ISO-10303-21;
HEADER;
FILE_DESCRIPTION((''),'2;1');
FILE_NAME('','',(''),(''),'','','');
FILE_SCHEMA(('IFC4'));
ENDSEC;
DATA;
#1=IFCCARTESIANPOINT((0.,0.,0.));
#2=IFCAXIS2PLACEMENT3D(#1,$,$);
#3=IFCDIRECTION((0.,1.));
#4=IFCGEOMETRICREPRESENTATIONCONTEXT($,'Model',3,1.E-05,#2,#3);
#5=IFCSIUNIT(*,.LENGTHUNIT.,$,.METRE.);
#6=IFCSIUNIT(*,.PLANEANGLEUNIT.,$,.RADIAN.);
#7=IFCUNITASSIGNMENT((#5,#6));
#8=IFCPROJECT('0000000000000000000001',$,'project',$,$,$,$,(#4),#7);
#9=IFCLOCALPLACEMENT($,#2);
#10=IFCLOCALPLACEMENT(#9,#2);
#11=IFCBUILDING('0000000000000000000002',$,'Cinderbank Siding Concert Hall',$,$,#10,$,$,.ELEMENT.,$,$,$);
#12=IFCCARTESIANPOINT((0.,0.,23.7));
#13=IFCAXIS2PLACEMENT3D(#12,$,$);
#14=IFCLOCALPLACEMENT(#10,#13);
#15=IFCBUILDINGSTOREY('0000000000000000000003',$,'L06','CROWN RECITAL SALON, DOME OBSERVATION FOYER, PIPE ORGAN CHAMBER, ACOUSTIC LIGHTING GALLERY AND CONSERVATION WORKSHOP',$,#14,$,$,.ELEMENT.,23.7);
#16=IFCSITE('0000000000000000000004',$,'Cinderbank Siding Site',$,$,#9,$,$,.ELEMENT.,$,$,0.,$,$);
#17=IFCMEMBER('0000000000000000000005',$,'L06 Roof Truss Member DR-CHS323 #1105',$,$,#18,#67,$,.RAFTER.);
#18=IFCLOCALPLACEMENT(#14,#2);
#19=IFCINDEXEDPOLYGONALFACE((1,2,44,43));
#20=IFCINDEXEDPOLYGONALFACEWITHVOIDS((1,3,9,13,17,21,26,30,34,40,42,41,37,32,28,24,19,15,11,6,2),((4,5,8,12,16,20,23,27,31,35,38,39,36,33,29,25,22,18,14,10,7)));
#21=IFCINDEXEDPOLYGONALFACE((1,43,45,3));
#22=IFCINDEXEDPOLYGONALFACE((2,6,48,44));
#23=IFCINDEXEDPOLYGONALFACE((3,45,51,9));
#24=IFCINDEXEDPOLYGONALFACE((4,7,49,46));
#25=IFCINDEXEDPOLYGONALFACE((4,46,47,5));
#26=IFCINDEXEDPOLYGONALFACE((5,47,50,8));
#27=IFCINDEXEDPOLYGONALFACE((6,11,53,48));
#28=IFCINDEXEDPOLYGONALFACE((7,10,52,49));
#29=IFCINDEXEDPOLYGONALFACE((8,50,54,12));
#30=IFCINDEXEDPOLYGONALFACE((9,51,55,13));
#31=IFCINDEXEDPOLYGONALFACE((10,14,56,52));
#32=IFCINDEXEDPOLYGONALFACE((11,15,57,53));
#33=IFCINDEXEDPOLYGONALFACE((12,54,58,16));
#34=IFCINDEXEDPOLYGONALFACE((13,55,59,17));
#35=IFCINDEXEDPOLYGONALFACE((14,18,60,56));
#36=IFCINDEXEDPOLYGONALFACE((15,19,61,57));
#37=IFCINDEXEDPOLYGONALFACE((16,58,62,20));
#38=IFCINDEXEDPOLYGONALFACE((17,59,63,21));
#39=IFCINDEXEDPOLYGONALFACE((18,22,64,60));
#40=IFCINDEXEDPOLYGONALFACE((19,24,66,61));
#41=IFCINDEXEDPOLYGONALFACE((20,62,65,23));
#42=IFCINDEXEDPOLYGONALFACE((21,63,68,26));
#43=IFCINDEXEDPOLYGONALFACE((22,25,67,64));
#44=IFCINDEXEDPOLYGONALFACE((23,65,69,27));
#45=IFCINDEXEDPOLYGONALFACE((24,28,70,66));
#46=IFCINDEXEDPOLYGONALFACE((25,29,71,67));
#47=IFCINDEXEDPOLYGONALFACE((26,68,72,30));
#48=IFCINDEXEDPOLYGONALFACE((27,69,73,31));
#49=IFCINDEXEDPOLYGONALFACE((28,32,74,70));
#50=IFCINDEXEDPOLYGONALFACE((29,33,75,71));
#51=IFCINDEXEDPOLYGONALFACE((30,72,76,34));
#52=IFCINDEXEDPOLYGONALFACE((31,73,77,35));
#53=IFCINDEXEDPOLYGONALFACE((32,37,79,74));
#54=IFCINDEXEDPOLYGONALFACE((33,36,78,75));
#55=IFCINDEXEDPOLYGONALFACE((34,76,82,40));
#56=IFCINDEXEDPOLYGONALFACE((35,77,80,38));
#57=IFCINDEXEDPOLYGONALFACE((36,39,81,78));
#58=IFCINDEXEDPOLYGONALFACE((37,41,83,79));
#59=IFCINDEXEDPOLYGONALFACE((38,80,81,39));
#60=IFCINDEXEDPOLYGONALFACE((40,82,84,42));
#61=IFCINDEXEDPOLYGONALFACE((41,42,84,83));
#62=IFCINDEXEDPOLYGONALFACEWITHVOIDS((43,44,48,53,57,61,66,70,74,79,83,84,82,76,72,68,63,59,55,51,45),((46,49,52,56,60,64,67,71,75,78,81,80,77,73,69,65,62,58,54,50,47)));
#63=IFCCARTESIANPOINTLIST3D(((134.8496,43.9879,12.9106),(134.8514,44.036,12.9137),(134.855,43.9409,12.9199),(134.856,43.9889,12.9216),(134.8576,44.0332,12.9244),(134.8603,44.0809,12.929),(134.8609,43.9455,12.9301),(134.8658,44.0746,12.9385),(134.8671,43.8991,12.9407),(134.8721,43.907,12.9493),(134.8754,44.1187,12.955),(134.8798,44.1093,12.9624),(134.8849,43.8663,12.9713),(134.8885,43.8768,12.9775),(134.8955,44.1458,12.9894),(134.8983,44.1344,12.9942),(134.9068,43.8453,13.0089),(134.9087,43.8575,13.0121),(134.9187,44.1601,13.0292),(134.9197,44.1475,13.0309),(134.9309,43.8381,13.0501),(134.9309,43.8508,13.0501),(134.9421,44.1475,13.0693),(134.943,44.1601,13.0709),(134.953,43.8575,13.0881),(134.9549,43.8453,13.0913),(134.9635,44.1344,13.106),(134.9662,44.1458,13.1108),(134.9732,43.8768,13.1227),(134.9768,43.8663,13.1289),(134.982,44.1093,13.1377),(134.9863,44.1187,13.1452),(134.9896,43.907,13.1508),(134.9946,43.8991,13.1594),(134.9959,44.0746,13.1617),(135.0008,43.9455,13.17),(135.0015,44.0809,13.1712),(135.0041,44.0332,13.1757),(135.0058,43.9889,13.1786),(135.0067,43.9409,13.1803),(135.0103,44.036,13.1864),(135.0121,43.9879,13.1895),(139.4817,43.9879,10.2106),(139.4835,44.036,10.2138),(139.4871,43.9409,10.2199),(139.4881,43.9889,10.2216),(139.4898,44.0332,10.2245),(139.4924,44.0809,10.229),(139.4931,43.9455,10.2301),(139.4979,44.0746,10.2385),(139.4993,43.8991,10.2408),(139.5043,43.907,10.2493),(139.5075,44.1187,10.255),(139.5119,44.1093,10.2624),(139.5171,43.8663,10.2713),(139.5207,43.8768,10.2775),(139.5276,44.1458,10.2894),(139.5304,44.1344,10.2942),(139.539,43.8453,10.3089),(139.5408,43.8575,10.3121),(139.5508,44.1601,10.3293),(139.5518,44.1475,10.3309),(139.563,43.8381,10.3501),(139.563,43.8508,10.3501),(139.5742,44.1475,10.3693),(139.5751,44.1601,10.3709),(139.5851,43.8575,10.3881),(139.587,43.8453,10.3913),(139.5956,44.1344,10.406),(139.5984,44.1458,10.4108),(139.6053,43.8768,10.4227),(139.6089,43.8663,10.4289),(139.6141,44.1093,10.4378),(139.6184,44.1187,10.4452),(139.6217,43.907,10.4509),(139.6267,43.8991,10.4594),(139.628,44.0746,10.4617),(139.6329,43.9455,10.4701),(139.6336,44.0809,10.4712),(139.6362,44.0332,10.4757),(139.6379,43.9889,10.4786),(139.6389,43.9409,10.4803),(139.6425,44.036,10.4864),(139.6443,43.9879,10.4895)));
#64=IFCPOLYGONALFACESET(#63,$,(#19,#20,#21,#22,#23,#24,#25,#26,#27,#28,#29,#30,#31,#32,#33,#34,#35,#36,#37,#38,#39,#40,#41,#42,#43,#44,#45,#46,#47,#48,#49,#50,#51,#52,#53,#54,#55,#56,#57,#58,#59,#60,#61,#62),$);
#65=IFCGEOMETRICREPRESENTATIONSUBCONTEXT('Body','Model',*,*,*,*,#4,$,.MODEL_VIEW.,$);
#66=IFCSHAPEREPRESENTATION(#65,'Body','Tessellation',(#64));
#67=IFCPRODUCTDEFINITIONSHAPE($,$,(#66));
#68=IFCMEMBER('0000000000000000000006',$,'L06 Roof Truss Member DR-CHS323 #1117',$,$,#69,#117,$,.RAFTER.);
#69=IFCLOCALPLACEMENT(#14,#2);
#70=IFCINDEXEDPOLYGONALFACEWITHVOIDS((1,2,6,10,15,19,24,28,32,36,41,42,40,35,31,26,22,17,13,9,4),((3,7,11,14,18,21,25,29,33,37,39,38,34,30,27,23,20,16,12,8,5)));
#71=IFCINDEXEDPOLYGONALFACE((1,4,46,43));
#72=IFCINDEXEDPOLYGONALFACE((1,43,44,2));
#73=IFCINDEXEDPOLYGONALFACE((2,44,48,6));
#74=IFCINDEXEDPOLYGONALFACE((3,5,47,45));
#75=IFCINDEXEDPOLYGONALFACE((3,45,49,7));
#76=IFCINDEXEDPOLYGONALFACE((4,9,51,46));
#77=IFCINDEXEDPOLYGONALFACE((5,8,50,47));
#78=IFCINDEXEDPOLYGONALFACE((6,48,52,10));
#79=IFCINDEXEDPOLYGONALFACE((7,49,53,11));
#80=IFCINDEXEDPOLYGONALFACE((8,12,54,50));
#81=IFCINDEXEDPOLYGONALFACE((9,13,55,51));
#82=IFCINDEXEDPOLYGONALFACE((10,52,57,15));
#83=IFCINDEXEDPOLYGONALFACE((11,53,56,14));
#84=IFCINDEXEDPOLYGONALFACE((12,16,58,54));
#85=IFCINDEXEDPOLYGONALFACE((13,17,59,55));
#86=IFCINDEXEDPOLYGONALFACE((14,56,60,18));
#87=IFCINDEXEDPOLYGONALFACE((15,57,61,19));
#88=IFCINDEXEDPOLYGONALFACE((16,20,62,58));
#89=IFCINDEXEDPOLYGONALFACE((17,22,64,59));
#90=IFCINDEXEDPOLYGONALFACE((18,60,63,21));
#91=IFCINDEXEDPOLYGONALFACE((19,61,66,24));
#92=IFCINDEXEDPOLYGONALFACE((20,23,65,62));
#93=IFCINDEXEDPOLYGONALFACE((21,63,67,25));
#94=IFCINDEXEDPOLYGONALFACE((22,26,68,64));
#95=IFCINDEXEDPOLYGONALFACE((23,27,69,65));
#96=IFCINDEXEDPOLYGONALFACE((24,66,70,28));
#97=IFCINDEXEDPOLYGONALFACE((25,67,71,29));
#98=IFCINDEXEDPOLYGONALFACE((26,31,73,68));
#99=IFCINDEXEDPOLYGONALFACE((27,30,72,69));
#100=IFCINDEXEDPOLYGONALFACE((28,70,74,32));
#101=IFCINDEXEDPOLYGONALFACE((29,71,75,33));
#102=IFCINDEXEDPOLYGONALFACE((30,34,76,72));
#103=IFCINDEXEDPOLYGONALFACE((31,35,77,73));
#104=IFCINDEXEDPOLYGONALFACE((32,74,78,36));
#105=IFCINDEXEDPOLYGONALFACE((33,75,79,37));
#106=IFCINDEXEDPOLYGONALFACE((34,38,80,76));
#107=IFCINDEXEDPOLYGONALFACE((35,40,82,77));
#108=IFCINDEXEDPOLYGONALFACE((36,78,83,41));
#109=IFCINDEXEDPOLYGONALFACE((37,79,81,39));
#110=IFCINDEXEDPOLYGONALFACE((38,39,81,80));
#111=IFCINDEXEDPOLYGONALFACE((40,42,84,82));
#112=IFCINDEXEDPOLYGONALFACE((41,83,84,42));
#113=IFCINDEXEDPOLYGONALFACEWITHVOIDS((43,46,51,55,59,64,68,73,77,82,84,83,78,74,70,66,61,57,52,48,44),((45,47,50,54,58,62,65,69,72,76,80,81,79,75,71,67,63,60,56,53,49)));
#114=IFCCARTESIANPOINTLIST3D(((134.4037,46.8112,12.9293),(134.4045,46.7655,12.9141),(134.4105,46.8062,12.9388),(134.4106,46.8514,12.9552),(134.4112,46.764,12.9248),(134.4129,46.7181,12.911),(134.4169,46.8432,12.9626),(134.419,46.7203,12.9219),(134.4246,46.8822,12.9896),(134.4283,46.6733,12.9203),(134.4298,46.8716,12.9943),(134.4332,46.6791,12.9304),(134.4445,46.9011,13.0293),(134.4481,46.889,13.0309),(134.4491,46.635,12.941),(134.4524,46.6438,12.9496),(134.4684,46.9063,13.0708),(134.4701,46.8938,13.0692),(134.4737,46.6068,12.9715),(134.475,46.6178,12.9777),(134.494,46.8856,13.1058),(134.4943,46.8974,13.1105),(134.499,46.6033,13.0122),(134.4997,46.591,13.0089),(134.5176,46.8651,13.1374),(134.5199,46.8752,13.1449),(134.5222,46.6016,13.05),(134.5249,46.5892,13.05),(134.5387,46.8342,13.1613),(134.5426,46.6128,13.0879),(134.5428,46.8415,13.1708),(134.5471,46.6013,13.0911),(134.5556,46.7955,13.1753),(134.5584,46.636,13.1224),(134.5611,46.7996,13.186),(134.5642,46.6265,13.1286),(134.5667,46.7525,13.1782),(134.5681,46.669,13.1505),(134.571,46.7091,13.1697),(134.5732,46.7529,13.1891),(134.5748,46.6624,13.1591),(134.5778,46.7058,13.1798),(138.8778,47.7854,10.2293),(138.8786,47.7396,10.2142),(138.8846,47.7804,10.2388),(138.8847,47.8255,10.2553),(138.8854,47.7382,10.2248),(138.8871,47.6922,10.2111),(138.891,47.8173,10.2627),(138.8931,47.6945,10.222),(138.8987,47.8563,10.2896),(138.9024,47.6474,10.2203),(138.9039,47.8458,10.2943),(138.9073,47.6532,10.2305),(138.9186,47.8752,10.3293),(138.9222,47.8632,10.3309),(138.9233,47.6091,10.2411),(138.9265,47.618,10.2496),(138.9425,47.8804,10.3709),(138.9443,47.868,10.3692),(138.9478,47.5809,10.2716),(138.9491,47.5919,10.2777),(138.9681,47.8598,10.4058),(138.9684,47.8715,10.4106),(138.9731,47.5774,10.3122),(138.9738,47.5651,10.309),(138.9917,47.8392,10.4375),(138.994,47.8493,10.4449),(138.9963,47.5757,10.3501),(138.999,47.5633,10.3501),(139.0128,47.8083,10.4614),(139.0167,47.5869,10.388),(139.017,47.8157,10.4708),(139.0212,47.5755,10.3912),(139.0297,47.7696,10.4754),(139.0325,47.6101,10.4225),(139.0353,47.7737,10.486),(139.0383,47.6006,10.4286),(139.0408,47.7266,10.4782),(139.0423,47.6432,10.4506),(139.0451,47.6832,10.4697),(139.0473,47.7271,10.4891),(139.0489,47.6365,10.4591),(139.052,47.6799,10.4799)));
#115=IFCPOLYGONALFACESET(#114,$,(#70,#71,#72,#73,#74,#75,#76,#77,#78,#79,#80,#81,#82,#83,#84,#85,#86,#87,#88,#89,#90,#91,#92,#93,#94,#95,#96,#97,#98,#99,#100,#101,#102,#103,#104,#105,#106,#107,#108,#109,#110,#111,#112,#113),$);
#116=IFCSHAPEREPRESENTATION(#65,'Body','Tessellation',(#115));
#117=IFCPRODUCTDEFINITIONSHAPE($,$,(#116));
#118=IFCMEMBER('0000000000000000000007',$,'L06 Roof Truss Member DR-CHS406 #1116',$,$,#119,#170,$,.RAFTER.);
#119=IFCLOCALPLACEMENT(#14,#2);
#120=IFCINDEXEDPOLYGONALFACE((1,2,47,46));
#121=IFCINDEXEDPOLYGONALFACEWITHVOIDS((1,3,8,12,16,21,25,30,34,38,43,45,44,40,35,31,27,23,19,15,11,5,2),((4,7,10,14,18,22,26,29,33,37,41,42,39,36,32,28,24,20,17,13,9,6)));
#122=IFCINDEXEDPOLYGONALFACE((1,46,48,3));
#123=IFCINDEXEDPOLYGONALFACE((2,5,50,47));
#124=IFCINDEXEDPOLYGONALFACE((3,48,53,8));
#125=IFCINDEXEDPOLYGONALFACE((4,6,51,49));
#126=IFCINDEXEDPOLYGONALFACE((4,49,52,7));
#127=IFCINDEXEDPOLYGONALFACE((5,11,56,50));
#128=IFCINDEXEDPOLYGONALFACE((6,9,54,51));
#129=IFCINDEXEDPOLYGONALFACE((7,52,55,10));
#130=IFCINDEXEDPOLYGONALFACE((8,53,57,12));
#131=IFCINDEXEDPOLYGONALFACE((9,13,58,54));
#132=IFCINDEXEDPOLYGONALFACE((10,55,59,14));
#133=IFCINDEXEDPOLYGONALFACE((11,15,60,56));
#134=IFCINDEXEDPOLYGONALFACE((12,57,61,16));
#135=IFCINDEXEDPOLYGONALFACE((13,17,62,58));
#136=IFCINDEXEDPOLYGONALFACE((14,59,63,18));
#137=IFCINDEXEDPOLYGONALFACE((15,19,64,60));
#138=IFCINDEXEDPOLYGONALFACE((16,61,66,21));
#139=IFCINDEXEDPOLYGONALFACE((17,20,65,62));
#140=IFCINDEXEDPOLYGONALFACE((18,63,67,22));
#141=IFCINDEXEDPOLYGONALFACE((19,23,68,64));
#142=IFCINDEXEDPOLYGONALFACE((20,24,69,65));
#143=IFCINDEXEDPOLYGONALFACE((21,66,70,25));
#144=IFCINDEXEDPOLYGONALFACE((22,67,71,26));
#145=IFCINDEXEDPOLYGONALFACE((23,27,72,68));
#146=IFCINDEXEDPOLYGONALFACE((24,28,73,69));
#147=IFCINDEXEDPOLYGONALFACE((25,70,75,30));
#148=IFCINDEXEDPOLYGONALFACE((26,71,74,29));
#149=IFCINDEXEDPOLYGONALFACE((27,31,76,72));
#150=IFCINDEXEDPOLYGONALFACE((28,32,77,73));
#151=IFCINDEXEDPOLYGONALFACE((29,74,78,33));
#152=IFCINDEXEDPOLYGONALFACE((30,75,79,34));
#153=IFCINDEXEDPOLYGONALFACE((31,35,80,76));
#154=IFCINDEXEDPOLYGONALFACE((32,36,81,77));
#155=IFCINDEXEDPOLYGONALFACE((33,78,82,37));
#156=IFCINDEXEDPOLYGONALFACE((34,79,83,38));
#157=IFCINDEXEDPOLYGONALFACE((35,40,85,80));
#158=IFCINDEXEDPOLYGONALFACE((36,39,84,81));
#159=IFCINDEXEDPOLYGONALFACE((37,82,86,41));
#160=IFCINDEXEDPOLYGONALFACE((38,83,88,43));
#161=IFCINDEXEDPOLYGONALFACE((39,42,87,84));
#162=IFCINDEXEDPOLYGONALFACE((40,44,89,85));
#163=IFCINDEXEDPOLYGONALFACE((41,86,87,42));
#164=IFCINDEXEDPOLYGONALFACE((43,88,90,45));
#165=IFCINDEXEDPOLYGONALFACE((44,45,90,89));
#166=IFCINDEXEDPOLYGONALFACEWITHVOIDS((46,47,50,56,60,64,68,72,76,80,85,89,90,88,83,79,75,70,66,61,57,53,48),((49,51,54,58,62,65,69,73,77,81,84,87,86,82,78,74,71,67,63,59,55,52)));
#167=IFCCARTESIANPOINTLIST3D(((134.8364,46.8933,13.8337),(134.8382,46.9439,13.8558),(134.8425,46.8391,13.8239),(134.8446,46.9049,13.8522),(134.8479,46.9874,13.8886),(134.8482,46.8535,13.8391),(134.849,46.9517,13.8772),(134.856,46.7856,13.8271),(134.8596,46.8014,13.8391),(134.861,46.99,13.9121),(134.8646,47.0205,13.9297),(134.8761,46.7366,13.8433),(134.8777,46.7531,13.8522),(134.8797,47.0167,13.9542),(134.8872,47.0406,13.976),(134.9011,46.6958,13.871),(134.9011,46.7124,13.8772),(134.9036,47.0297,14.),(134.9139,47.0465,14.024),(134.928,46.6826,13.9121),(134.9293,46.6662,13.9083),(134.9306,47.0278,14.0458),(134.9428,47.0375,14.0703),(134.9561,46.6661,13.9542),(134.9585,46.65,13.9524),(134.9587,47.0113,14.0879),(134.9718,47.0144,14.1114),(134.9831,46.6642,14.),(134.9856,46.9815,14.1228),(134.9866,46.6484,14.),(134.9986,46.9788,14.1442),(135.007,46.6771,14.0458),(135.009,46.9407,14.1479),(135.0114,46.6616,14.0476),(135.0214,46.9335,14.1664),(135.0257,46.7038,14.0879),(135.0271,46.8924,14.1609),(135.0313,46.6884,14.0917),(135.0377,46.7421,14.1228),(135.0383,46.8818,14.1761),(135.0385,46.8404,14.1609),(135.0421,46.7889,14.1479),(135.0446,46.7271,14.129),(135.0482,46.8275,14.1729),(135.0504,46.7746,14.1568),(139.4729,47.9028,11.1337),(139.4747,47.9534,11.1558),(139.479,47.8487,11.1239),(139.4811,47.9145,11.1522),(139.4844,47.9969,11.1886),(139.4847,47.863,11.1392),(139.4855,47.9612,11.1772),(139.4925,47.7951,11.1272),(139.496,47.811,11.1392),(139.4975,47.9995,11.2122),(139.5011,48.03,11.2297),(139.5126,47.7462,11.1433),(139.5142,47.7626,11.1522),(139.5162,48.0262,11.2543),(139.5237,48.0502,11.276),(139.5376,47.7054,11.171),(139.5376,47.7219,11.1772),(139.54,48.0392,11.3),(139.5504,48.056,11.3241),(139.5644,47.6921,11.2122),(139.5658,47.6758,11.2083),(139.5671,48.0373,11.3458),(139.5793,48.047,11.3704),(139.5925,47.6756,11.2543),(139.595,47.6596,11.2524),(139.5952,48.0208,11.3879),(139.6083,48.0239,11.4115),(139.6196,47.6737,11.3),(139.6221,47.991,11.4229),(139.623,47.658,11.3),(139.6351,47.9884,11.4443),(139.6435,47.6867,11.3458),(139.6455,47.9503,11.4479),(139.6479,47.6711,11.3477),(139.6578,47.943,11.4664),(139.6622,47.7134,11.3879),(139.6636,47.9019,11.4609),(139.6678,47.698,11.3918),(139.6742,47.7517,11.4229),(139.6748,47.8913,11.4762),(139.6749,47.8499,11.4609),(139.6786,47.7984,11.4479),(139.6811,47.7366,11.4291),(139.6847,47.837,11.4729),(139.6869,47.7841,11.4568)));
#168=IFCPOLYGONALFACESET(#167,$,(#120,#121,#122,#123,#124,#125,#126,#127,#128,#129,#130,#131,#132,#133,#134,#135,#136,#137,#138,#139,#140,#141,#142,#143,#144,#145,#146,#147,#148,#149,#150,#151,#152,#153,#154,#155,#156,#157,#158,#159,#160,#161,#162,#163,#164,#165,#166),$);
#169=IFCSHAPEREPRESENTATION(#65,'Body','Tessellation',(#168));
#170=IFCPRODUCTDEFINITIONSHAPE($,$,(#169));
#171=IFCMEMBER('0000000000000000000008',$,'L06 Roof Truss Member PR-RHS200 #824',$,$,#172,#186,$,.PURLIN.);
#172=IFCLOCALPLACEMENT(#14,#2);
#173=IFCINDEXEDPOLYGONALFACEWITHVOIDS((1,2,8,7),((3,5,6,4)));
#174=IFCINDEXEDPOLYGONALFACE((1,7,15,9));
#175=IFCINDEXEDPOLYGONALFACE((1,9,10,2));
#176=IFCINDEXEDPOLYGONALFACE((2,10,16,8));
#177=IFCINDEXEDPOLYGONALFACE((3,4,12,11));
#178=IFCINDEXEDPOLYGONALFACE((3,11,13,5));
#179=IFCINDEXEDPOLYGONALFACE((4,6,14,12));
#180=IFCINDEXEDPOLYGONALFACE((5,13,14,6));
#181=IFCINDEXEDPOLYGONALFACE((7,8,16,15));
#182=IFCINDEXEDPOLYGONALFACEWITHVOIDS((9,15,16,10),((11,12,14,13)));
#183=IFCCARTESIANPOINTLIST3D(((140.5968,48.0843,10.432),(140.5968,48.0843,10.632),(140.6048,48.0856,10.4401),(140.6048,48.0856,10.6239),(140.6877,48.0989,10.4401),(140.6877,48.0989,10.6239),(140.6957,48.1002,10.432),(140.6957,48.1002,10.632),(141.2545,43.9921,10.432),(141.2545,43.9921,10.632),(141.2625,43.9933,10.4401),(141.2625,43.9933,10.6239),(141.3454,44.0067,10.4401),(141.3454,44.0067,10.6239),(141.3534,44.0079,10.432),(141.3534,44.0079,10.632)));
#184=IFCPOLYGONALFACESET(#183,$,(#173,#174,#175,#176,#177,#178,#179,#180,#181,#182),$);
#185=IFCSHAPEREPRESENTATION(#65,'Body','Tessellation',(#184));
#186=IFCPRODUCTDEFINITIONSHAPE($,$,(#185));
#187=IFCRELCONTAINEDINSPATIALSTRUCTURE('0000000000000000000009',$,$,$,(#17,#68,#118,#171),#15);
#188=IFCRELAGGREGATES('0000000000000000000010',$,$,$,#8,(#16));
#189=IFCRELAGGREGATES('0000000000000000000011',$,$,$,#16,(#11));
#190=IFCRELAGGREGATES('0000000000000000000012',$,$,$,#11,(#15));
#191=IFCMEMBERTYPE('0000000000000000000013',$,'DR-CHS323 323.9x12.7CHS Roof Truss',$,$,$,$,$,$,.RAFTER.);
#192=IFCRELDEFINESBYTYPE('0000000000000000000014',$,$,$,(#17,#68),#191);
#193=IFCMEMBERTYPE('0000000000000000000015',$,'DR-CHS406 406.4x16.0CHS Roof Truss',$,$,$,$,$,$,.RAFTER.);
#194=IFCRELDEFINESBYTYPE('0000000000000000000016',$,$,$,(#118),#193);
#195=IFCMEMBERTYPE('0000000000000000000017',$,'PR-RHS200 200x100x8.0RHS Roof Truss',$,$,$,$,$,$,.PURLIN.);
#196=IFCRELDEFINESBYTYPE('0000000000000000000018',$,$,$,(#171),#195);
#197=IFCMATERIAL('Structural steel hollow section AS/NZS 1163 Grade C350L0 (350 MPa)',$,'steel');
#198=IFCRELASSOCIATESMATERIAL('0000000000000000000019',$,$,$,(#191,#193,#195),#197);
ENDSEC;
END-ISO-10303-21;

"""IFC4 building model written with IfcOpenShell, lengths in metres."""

from ifc_helpers import new_model, si_unit, direction, frame, origin, origin_2d, place, context, subcontext, project, spatial, hollow_rectangle, hollow_circle, extrude, material, material_profile, profile_set, type_object, element, save


model = new_model("IFC4")

# Units and contexts
model_context = context("Model", 3, precision=1e-05, world=origin(), true_north=direction((0.0, 1.0)))
body_context = subcontext(model_context, "Body", "Model", "MODEL_VIEW")
ifc_project = project(units=[si_unit("LENGTHUNIT", "METRE"), si_unit("PLANEANGLEUNIT", "RADIAN")], contexts=[model_context])

# Site, building, storey
site_placement = place(None, origin())
site = spatial("IfcSite", under=ifc_project, at=site_placement, Name="Cinderbank Siding Site", CompositionType="ELEMENT", RefElevation=0.0)
building_placement = place(site_placement, origin())
building = spatial("IfcBuilding", under=site, at=building_placement, Name="Cinderbank Siding Concert Hall", CompositionType="ELEMENT")
storey_placement = place(building_placement, frame((0.0, 0.0, 23.7)))
storey = spatial("IfcBuildingStorey", under=building, at=storey_placement, Name="L06", Description="CROWN RECITAL SALON, DOME OBSERVATION FOYER, PIPE ORGAN CHAMBER, ACOUSTIC LIGHTING GALLERY AND CONSERVATION WORKSHOP", CompositionType="ELEMENT", Elevation=23.7)

# Members
ifc_material_1 = material(Name="Structural steel hollow section AS/NZS 1163 Grade C350L0 (350 MPa)", Category="steel")
ifc_material_profile_1 = material_profile(ifc_material_1, hollow_circle(Radius=0.1619, WallThickness=0.0127, at=origin_2d()), Name="323.9x12.7CHS", Category="LoadBearing")
ifc_profile_set_1 = profile_set([ifc_material_profile_1], Name="Structural steel hollow section AS/NZS 1163 Grade C350L0 (350 MPa)")
member_type_1 = type_object("IfcMemberType", Name="DR-CHS323 323.9x12.7CHS Roof Truss", PredefinedType="RAFTER", material=ifc_profile_set_1)
member_1_placement = place(storey_placement, frame((139.563, 44.0, 10.3501), z_axis=(-0.863949, 0.0, 0.503579), x_axis=(0.0, -1.0, 0.0)))
element("IfcMember", 1, at=member_1_placement, inside=storey, type_object=member_type_1, Name="L06 Roof Truss Member DR-CHS323 #1105", PredefinedType="RAFTER", context=body_context, shape_type="SweptSolid", body=[
    extrude(hollow_circle(Radius=0.1619, WallThickness=0.0127, at=origin_2d()), origin(), (0.0, 0.0, 1.0), 5.3616),
])
member_2_placement = place(storey_placement, frame((138.9646, 47.7214, 10.3501), z_axis=(-0.841684, -0.183254, 0.507922), x_axis=(0.21274, -0.977109, 0.0)))
element("IfcMember", 2, at=member_2_placement, inside=storey, type_object=member_type_1, Name="L06 Roof Truss Member DR-CHS323 #1117", PredefinedType="RAFTER", context=body_context, shape_type="SweptSolid", body=[
    extrude(hollow_circle(Radius=0.1619, WallThickness=0.0127, at=origin_2d()), origin(), (0.0, 0.0, 1.0), 5.3157),
])
ifc_material_profile_2 = material_profile(ifc_material_1, hollow_circle(Radius=0.2031, WallThickness=0.0161, at=origin_2d()), Name="406.4x16.0CHS", Category="LoadBearing")
ifc_profile_set_2 = profile_set([ifc_material_profile_2], Name="Structural steel hollow section AS/NZS 1163 Grade C350L0 (350 MPa)")
member_type_2 = type_object("IfcMemberType", Name="DR-CHS406 406.4x16.0CHS Roof Truss", PredefinedType="RAFTER", material=ifc_profile_set_2)
member_3_placement = place(storey_placement, frame((139.5798, 47.8564, 11.3), z_axis=(-0.849254, -0.184912, 0.494545), x_axis=(0.21275, -0.977107, 0.0)))
element("IfcMember", 3, at=member_3_placement, inside=storey, type_object=member_type_2, Name="L06 Roof Truss Member DR-CHS406 #1116", PredefinedType="RAFTER", context=body_context, shape_type="SweptSolid", body=[
    extrude(hollow_circle(Radius=0.2031, WallThickness=0.0161, at=origin_2d()), origin(), (0.0, 0.0, 1.0), 5.4595),
])
ifc_material_profile_3 = material_profile(ifc_material_1, hollow_rectangle(XDim=0.1001, YDim=0.2, WallThickness=0.0081, at=origin_2d()), Name="200x100x8.0RHS", Category="LoadBearing")
ifc_profile_set_3 = profile_set([ifc_material_profile_3], Name="Structural steel hollow section AS/NZS 1163 Grade C350L0 (350 MPa)")
member_type_3 = type_object("IfcMemberType", Name="PR-RHS200 200x100x8.0RHS Roof Truss", PredefinedType="PURLIN", material=ifc_profile_set_3)
member_4_placement = place(storey_placement, frame((141.304, 44.0, 10.532), z_axis=(-0.158684, 0.987329, 0.0), x_axis=(-0.987329, -0.158684, 0.0)))
element("IfcMember", 4, at=member_4_placement, inside=storey, type_object=member_type_3, Name="L06 Roof Truss Member PR-RHS200 #824", PredefinedType="PURLIN", context=body_context, shape_type="SweptSolid", body=[
    extrude(hollow_rectangle(XDim=0.1001, YDim=0.2, WallThickness=0.0081, at=origin_2d()), origin(), (0.0, 0.0, 1.0), 4.1448),
])

save(model, "model.ifc")
